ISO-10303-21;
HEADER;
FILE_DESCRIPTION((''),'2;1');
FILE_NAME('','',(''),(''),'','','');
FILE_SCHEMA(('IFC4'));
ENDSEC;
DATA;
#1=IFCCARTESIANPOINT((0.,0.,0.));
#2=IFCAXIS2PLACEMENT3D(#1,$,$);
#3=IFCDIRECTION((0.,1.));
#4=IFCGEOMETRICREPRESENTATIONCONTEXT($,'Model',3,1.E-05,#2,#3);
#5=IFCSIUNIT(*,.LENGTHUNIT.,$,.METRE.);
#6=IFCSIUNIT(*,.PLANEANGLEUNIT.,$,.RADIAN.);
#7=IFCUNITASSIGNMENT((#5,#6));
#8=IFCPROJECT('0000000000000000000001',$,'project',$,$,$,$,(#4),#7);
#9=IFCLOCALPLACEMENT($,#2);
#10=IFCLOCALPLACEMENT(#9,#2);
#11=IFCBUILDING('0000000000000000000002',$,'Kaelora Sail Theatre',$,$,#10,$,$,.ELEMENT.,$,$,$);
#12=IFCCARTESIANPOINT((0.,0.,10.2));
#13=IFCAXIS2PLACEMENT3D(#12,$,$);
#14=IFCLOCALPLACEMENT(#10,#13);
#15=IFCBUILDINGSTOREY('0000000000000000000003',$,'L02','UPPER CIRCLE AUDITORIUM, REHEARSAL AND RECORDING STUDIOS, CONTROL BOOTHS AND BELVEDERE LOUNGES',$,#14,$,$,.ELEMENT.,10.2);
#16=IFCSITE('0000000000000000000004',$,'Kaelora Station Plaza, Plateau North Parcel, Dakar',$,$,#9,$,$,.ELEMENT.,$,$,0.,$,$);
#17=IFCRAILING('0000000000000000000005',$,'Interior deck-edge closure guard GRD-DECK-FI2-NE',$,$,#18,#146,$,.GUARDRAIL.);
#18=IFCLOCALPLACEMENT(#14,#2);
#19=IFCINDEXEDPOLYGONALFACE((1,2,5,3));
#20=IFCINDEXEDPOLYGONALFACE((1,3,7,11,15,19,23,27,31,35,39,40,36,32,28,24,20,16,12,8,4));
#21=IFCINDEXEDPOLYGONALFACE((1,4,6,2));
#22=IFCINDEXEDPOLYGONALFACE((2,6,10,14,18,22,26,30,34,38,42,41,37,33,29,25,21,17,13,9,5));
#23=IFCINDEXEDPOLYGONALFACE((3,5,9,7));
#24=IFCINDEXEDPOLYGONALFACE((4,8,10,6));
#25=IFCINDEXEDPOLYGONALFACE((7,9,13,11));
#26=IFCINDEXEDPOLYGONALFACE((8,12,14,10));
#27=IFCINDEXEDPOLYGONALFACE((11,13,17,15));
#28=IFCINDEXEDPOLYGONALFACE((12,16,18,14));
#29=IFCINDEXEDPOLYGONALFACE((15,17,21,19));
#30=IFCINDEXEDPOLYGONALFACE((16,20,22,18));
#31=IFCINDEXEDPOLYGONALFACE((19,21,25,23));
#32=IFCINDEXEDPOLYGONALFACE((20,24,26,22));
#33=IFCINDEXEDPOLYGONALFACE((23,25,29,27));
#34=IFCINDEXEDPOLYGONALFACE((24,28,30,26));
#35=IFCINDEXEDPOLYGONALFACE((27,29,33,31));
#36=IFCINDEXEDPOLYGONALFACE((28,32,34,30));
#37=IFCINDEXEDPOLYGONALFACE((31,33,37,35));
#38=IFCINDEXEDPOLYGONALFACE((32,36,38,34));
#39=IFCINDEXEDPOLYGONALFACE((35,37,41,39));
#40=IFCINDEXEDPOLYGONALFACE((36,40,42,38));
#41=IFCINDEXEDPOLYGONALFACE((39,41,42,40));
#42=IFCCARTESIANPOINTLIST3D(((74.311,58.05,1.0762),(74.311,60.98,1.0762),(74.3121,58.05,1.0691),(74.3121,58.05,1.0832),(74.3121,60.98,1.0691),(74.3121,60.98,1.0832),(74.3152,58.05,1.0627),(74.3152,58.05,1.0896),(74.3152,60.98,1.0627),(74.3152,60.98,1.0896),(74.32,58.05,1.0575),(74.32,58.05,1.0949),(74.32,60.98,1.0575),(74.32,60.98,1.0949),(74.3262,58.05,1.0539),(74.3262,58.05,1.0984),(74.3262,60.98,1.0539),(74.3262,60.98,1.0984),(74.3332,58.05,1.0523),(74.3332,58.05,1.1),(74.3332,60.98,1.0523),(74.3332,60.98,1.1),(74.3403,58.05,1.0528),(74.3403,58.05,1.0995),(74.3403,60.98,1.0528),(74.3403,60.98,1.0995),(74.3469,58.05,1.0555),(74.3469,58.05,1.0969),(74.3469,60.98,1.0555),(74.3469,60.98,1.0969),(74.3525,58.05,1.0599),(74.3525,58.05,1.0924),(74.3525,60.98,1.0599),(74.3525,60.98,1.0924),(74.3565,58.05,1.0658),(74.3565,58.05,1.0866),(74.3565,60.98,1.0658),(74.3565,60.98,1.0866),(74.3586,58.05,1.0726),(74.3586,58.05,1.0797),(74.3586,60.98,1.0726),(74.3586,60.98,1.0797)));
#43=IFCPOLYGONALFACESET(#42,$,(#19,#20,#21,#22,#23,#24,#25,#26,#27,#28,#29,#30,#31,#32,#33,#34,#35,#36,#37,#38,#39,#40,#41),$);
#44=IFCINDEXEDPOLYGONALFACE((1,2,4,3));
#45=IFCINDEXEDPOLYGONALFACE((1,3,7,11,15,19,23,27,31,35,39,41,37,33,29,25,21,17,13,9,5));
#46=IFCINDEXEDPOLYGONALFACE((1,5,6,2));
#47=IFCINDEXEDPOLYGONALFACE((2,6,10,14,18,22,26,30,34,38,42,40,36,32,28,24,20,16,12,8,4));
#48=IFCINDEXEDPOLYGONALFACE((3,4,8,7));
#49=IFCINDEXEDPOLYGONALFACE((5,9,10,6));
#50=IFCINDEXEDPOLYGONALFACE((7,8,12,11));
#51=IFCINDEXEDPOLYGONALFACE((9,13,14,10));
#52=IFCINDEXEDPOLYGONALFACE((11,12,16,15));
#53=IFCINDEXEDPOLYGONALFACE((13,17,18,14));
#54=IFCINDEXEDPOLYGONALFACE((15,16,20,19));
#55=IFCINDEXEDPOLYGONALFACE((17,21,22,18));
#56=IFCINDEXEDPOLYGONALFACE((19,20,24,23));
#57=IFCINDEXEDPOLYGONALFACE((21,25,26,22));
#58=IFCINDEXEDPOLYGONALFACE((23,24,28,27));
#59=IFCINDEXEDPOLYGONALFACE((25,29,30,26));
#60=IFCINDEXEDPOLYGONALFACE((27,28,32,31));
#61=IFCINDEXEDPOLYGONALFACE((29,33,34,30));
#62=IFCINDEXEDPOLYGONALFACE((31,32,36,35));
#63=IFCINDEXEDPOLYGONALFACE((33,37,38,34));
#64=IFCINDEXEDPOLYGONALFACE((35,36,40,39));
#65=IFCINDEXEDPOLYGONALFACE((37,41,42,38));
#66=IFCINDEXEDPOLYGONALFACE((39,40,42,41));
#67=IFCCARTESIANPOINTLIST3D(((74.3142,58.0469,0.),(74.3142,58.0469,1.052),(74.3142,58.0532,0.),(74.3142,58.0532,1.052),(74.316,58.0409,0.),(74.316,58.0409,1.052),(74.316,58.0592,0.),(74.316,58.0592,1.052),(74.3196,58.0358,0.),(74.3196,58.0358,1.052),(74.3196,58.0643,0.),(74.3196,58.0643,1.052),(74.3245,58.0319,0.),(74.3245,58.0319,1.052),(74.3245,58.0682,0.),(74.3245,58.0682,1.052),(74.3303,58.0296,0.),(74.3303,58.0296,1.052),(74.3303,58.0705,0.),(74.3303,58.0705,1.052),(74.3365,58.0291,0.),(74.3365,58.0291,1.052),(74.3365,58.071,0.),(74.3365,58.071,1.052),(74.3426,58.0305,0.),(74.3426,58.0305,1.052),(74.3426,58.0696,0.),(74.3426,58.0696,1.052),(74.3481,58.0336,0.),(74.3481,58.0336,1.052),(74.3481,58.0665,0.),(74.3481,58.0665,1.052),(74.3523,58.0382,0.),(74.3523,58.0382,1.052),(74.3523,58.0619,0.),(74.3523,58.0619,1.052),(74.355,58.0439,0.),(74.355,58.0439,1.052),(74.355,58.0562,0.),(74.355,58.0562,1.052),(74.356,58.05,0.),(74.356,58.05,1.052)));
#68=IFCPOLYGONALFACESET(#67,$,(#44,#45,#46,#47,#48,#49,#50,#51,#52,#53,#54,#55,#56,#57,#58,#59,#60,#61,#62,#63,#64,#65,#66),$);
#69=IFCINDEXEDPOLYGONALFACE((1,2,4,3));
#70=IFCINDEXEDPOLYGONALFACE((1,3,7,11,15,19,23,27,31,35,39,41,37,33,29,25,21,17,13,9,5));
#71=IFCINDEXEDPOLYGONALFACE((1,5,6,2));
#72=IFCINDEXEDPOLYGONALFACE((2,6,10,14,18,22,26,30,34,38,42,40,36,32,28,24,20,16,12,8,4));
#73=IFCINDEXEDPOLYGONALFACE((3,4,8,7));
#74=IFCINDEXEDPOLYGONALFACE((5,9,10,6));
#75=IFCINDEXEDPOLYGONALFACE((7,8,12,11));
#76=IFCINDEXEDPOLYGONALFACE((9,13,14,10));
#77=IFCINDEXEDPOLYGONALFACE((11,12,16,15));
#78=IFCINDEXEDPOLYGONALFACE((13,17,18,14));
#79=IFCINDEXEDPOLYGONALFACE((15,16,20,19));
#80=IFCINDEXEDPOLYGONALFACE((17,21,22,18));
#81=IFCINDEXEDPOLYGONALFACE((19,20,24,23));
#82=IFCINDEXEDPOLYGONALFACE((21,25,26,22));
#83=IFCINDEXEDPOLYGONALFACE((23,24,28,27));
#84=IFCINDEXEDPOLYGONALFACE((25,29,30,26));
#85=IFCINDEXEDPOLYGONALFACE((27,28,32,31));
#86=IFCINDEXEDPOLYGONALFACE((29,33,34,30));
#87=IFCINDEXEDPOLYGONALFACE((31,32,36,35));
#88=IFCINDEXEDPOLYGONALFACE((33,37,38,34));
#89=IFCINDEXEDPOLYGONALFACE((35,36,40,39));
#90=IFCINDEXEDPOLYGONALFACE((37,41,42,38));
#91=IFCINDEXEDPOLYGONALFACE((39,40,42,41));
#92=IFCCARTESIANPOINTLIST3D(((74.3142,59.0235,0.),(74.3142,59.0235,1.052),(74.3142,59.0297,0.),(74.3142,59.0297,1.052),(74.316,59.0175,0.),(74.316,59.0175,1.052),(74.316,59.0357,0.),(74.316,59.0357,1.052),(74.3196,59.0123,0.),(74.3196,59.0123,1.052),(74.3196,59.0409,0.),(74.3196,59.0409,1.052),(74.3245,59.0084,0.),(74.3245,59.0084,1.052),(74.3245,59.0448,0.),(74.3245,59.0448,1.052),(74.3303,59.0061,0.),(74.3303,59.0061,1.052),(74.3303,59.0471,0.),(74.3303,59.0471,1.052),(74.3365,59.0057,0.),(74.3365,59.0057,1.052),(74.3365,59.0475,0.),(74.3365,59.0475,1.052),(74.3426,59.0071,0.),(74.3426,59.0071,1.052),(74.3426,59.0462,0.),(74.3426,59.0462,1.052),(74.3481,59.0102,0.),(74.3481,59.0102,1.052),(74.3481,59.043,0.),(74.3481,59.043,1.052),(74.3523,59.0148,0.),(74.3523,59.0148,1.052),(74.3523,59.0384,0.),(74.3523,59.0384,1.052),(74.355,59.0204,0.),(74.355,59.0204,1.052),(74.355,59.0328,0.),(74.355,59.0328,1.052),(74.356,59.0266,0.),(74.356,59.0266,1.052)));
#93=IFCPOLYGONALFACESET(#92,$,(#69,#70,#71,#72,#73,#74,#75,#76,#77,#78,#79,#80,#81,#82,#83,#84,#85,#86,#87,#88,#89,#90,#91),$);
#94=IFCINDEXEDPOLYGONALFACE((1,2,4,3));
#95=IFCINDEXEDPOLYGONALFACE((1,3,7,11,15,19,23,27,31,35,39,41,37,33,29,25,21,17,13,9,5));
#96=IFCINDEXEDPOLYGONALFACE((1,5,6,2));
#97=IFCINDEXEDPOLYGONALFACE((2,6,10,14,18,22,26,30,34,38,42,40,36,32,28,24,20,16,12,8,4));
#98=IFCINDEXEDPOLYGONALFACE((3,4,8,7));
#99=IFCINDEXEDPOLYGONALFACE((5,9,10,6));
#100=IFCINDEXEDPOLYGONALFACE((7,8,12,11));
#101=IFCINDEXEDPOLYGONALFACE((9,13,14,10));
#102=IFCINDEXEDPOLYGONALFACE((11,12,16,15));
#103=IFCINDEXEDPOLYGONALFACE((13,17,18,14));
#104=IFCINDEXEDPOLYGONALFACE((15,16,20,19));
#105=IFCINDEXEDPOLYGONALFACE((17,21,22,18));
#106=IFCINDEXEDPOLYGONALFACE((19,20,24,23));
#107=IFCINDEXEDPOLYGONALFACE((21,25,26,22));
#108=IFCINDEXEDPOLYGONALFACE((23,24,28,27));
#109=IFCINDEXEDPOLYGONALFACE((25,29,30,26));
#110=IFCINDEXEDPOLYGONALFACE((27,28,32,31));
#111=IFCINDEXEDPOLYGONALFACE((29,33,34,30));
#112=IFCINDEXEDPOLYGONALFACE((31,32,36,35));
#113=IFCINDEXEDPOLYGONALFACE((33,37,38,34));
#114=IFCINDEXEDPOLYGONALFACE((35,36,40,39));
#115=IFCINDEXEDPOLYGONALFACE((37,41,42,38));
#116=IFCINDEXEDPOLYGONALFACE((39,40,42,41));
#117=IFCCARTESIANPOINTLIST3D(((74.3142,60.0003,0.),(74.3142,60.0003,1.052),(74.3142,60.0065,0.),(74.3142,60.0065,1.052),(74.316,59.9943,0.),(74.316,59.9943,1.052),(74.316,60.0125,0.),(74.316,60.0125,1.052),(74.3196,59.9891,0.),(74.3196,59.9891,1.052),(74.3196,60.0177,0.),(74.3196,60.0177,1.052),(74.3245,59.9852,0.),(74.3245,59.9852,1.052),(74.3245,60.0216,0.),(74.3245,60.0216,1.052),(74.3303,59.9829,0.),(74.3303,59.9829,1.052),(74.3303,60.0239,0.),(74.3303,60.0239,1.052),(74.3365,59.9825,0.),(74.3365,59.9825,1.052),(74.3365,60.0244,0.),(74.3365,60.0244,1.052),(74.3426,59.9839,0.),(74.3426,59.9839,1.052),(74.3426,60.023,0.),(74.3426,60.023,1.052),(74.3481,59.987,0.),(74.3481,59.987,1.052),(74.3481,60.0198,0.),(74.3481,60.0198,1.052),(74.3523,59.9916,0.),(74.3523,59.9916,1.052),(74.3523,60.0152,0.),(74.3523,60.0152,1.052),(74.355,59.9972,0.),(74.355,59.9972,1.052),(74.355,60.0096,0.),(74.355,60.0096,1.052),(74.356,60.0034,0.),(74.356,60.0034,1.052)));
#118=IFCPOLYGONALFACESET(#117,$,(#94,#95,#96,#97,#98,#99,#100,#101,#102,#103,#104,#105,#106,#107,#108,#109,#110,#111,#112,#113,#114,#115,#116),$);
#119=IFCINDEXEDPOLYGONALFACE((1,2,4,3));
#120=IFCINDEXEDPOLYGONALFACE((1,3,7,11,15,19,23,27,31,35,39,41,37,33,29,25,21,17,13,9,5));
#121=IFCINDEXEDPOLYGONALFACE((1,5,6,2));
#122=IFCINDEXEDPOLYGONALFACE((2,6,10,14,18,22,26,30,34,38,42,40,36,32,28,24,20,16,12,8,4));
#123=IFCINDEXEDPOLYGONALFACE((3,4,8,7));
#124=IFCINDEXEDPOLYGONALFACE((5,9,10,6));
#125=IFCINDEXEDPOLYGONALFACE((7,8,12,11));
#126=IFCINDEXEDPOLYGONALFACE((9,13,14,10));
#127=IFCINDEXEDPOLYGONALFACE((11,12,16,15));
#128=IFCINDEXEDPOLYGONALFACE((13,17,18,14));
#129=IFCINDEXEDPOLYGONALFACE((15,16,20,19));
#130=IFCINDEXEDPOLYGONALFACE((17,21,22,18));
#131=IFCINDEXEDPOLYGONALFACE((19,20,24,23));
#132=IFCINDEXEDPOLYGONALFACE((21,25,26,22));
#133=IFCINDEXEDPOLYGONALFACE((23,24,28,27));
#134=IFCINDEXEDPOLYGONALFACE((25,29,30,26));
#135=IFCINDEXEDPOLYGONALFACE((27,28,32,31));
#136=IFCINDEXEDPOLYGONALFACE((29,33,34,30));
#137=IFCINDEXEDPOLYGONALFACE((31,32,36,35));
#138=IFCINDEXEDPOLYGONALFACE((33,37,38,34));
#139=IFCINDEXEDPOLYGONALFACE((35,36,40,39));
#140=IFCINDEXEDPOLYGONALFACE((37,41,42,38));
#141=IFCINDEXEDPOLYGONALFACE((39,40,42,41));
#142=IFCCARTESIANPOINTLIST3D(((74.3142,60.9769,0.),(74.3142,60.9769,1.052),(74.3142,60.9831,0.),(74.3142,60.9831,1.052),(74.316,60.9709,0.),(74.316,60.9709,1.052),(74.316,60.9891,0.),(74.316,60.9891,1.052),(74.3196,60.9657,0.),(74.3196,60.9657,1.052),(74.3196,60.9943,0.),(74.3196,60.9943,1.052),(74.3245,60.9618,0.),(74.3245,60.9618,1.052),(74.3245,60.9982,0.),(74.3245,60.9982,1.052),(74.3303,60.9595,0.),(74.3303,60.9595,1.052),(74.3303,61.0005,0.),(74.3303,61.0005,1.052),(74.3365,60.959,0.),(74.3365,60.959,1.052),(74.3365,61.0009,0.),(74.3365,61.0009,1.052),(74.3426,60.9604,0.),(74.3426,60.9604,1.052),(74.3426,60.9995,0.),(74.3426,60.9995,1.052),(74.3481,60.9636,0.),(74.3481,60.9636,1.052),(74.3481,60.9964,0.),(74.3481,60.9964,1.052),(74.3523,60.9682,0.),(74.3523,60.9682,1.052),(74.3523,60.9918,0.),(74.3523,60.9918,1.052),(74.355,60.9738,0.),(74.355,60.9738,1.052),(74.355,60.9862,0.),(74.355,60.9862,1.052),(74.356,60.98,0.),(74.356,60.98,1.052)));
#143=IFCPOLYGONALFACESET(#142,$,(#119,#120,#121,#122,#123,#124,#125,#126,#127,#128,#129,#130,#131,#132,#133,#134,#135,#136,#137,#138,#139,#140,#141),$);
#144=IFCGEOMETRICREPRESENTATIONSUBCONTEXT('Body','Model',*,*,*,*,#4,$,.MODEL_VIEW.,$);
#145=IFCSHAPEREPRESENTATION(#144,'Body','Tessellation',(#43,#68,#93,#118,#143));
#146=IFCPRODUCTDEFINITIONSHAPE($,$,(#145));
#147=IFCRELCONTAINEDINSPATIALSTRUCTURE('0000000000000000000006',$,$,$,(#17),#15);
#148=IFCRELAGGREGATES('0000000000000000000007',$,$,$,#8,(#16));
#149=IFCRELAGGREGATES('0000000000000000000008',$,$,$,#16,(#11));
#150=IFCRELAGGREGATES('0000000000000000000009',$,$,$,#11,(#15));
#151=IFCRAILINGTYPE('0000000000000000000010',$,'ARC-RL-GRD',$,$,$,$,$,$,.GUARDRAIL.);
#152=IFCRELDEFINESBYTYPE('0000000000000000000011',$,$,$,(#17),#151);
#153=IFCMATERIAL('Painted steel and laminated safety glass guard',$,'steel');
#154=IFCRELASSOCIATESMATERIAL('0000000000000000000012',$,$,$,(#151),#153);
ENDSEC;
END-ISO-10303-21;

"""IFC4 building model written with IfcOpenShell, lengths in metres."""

from ifc_helpers import new_model, si_unit, direction, frame, origin, origin_2d, place, context, subcontext, project, spatial, circle, extrude, material, type_object, element, save


model = new_model("IFC4")

# Units and contexts
model_context = context("Model", 3, precision=1e-05, world=origin(), true_north=direction((0.0, 1.0)))
body_context = subcontext(model_context, "Body", "Model", "MODEL_VIEW")
ifc_project = project(units=[si_unit("LENGTHUNIT", "METRE"), si_unit("PLANEANGLEUNIT", "RADIAN")], contexts=[model_context])

# Site, building, storey
site_placement = place(None, origin())
site = spatial("IfcSite", under=ifc_project, at=site_placement, Name="Kaelora Station Plaza, Plateau North Parcel, Dakar", CompositionType="ELEMENT", RefElevation=0.0)
building_placement = place(site_placement, origin())
building = spatial("IfcBuilding", under=site, at=building_placement, Name="Kaelora Sail Theatre", CompositionType="ELEMENT")
storey_placement = place(building_placement, frame((0.0, 0.0, 10.2)))
storey = spatial("IfcBuildingStorey", under=building, at=storey_placement, Name="L02", Description="UPPER CIRCLE AUDITORIUM, REHEARSAL AND RECORDING STUDIOS, CONTROL BOOTHS AND BELVEDERE LOUNGES", CompositionType="ELEMENT", Elevation=10.2)

# Railing
ifc_material_1 = material(Name="Painted steel and laminated safety glass guard", Category="steel")
railing_type = type_object("IfcRailingType", Name="ARC-RL-GRD", PredefinedType="GUARDRAIL", material=ifc_material_1)
railing_placement = place(storey_placement, frame((74.335, 58.05, 0.0)))
element("IfcRailing", 1, at=railing_placement, inside=storey, type_object=railing_type, Name="Interior deck-edge closure guard GRD-DECK-FI2-NE", PredefinedType="GUARDRAIL", context=body_context, shape_type="SweptSolid", body=[
    extrude(circle(Radius=0.0239, at=origin_2d()), frame((0.0, 0.0, 1.0762), z_axis=(0.0, 1.0, 0.0), x_axis=(-1.0, 0.0, 0.0)), (0.0, 0.0, 1.0), 2.9299),
    extrude(circle(Radius=0.021, at=origin_2d()), origin(), (0.0, 0.0, 1.0), 1.052),
    extrude(circle(Radius=0.021, at=origin_2d()), frame((0.0, 0.9766, 0.0)), (0.0, 0.0, 1.0), 1.052),
    extrude(circle(Radius=0.021, at=origin_2d()), frame((0.0, 1.9534, 0.0)), (0.0, 0.0, 1.0), 1.052),
    extrude(circle(Radius=0.021, at=origin_2d()), frame((0.0, 2.9299, 0.0)), (0.0, 0.0, 1.0), 1.052),
])

save(model, "model.ifc")
